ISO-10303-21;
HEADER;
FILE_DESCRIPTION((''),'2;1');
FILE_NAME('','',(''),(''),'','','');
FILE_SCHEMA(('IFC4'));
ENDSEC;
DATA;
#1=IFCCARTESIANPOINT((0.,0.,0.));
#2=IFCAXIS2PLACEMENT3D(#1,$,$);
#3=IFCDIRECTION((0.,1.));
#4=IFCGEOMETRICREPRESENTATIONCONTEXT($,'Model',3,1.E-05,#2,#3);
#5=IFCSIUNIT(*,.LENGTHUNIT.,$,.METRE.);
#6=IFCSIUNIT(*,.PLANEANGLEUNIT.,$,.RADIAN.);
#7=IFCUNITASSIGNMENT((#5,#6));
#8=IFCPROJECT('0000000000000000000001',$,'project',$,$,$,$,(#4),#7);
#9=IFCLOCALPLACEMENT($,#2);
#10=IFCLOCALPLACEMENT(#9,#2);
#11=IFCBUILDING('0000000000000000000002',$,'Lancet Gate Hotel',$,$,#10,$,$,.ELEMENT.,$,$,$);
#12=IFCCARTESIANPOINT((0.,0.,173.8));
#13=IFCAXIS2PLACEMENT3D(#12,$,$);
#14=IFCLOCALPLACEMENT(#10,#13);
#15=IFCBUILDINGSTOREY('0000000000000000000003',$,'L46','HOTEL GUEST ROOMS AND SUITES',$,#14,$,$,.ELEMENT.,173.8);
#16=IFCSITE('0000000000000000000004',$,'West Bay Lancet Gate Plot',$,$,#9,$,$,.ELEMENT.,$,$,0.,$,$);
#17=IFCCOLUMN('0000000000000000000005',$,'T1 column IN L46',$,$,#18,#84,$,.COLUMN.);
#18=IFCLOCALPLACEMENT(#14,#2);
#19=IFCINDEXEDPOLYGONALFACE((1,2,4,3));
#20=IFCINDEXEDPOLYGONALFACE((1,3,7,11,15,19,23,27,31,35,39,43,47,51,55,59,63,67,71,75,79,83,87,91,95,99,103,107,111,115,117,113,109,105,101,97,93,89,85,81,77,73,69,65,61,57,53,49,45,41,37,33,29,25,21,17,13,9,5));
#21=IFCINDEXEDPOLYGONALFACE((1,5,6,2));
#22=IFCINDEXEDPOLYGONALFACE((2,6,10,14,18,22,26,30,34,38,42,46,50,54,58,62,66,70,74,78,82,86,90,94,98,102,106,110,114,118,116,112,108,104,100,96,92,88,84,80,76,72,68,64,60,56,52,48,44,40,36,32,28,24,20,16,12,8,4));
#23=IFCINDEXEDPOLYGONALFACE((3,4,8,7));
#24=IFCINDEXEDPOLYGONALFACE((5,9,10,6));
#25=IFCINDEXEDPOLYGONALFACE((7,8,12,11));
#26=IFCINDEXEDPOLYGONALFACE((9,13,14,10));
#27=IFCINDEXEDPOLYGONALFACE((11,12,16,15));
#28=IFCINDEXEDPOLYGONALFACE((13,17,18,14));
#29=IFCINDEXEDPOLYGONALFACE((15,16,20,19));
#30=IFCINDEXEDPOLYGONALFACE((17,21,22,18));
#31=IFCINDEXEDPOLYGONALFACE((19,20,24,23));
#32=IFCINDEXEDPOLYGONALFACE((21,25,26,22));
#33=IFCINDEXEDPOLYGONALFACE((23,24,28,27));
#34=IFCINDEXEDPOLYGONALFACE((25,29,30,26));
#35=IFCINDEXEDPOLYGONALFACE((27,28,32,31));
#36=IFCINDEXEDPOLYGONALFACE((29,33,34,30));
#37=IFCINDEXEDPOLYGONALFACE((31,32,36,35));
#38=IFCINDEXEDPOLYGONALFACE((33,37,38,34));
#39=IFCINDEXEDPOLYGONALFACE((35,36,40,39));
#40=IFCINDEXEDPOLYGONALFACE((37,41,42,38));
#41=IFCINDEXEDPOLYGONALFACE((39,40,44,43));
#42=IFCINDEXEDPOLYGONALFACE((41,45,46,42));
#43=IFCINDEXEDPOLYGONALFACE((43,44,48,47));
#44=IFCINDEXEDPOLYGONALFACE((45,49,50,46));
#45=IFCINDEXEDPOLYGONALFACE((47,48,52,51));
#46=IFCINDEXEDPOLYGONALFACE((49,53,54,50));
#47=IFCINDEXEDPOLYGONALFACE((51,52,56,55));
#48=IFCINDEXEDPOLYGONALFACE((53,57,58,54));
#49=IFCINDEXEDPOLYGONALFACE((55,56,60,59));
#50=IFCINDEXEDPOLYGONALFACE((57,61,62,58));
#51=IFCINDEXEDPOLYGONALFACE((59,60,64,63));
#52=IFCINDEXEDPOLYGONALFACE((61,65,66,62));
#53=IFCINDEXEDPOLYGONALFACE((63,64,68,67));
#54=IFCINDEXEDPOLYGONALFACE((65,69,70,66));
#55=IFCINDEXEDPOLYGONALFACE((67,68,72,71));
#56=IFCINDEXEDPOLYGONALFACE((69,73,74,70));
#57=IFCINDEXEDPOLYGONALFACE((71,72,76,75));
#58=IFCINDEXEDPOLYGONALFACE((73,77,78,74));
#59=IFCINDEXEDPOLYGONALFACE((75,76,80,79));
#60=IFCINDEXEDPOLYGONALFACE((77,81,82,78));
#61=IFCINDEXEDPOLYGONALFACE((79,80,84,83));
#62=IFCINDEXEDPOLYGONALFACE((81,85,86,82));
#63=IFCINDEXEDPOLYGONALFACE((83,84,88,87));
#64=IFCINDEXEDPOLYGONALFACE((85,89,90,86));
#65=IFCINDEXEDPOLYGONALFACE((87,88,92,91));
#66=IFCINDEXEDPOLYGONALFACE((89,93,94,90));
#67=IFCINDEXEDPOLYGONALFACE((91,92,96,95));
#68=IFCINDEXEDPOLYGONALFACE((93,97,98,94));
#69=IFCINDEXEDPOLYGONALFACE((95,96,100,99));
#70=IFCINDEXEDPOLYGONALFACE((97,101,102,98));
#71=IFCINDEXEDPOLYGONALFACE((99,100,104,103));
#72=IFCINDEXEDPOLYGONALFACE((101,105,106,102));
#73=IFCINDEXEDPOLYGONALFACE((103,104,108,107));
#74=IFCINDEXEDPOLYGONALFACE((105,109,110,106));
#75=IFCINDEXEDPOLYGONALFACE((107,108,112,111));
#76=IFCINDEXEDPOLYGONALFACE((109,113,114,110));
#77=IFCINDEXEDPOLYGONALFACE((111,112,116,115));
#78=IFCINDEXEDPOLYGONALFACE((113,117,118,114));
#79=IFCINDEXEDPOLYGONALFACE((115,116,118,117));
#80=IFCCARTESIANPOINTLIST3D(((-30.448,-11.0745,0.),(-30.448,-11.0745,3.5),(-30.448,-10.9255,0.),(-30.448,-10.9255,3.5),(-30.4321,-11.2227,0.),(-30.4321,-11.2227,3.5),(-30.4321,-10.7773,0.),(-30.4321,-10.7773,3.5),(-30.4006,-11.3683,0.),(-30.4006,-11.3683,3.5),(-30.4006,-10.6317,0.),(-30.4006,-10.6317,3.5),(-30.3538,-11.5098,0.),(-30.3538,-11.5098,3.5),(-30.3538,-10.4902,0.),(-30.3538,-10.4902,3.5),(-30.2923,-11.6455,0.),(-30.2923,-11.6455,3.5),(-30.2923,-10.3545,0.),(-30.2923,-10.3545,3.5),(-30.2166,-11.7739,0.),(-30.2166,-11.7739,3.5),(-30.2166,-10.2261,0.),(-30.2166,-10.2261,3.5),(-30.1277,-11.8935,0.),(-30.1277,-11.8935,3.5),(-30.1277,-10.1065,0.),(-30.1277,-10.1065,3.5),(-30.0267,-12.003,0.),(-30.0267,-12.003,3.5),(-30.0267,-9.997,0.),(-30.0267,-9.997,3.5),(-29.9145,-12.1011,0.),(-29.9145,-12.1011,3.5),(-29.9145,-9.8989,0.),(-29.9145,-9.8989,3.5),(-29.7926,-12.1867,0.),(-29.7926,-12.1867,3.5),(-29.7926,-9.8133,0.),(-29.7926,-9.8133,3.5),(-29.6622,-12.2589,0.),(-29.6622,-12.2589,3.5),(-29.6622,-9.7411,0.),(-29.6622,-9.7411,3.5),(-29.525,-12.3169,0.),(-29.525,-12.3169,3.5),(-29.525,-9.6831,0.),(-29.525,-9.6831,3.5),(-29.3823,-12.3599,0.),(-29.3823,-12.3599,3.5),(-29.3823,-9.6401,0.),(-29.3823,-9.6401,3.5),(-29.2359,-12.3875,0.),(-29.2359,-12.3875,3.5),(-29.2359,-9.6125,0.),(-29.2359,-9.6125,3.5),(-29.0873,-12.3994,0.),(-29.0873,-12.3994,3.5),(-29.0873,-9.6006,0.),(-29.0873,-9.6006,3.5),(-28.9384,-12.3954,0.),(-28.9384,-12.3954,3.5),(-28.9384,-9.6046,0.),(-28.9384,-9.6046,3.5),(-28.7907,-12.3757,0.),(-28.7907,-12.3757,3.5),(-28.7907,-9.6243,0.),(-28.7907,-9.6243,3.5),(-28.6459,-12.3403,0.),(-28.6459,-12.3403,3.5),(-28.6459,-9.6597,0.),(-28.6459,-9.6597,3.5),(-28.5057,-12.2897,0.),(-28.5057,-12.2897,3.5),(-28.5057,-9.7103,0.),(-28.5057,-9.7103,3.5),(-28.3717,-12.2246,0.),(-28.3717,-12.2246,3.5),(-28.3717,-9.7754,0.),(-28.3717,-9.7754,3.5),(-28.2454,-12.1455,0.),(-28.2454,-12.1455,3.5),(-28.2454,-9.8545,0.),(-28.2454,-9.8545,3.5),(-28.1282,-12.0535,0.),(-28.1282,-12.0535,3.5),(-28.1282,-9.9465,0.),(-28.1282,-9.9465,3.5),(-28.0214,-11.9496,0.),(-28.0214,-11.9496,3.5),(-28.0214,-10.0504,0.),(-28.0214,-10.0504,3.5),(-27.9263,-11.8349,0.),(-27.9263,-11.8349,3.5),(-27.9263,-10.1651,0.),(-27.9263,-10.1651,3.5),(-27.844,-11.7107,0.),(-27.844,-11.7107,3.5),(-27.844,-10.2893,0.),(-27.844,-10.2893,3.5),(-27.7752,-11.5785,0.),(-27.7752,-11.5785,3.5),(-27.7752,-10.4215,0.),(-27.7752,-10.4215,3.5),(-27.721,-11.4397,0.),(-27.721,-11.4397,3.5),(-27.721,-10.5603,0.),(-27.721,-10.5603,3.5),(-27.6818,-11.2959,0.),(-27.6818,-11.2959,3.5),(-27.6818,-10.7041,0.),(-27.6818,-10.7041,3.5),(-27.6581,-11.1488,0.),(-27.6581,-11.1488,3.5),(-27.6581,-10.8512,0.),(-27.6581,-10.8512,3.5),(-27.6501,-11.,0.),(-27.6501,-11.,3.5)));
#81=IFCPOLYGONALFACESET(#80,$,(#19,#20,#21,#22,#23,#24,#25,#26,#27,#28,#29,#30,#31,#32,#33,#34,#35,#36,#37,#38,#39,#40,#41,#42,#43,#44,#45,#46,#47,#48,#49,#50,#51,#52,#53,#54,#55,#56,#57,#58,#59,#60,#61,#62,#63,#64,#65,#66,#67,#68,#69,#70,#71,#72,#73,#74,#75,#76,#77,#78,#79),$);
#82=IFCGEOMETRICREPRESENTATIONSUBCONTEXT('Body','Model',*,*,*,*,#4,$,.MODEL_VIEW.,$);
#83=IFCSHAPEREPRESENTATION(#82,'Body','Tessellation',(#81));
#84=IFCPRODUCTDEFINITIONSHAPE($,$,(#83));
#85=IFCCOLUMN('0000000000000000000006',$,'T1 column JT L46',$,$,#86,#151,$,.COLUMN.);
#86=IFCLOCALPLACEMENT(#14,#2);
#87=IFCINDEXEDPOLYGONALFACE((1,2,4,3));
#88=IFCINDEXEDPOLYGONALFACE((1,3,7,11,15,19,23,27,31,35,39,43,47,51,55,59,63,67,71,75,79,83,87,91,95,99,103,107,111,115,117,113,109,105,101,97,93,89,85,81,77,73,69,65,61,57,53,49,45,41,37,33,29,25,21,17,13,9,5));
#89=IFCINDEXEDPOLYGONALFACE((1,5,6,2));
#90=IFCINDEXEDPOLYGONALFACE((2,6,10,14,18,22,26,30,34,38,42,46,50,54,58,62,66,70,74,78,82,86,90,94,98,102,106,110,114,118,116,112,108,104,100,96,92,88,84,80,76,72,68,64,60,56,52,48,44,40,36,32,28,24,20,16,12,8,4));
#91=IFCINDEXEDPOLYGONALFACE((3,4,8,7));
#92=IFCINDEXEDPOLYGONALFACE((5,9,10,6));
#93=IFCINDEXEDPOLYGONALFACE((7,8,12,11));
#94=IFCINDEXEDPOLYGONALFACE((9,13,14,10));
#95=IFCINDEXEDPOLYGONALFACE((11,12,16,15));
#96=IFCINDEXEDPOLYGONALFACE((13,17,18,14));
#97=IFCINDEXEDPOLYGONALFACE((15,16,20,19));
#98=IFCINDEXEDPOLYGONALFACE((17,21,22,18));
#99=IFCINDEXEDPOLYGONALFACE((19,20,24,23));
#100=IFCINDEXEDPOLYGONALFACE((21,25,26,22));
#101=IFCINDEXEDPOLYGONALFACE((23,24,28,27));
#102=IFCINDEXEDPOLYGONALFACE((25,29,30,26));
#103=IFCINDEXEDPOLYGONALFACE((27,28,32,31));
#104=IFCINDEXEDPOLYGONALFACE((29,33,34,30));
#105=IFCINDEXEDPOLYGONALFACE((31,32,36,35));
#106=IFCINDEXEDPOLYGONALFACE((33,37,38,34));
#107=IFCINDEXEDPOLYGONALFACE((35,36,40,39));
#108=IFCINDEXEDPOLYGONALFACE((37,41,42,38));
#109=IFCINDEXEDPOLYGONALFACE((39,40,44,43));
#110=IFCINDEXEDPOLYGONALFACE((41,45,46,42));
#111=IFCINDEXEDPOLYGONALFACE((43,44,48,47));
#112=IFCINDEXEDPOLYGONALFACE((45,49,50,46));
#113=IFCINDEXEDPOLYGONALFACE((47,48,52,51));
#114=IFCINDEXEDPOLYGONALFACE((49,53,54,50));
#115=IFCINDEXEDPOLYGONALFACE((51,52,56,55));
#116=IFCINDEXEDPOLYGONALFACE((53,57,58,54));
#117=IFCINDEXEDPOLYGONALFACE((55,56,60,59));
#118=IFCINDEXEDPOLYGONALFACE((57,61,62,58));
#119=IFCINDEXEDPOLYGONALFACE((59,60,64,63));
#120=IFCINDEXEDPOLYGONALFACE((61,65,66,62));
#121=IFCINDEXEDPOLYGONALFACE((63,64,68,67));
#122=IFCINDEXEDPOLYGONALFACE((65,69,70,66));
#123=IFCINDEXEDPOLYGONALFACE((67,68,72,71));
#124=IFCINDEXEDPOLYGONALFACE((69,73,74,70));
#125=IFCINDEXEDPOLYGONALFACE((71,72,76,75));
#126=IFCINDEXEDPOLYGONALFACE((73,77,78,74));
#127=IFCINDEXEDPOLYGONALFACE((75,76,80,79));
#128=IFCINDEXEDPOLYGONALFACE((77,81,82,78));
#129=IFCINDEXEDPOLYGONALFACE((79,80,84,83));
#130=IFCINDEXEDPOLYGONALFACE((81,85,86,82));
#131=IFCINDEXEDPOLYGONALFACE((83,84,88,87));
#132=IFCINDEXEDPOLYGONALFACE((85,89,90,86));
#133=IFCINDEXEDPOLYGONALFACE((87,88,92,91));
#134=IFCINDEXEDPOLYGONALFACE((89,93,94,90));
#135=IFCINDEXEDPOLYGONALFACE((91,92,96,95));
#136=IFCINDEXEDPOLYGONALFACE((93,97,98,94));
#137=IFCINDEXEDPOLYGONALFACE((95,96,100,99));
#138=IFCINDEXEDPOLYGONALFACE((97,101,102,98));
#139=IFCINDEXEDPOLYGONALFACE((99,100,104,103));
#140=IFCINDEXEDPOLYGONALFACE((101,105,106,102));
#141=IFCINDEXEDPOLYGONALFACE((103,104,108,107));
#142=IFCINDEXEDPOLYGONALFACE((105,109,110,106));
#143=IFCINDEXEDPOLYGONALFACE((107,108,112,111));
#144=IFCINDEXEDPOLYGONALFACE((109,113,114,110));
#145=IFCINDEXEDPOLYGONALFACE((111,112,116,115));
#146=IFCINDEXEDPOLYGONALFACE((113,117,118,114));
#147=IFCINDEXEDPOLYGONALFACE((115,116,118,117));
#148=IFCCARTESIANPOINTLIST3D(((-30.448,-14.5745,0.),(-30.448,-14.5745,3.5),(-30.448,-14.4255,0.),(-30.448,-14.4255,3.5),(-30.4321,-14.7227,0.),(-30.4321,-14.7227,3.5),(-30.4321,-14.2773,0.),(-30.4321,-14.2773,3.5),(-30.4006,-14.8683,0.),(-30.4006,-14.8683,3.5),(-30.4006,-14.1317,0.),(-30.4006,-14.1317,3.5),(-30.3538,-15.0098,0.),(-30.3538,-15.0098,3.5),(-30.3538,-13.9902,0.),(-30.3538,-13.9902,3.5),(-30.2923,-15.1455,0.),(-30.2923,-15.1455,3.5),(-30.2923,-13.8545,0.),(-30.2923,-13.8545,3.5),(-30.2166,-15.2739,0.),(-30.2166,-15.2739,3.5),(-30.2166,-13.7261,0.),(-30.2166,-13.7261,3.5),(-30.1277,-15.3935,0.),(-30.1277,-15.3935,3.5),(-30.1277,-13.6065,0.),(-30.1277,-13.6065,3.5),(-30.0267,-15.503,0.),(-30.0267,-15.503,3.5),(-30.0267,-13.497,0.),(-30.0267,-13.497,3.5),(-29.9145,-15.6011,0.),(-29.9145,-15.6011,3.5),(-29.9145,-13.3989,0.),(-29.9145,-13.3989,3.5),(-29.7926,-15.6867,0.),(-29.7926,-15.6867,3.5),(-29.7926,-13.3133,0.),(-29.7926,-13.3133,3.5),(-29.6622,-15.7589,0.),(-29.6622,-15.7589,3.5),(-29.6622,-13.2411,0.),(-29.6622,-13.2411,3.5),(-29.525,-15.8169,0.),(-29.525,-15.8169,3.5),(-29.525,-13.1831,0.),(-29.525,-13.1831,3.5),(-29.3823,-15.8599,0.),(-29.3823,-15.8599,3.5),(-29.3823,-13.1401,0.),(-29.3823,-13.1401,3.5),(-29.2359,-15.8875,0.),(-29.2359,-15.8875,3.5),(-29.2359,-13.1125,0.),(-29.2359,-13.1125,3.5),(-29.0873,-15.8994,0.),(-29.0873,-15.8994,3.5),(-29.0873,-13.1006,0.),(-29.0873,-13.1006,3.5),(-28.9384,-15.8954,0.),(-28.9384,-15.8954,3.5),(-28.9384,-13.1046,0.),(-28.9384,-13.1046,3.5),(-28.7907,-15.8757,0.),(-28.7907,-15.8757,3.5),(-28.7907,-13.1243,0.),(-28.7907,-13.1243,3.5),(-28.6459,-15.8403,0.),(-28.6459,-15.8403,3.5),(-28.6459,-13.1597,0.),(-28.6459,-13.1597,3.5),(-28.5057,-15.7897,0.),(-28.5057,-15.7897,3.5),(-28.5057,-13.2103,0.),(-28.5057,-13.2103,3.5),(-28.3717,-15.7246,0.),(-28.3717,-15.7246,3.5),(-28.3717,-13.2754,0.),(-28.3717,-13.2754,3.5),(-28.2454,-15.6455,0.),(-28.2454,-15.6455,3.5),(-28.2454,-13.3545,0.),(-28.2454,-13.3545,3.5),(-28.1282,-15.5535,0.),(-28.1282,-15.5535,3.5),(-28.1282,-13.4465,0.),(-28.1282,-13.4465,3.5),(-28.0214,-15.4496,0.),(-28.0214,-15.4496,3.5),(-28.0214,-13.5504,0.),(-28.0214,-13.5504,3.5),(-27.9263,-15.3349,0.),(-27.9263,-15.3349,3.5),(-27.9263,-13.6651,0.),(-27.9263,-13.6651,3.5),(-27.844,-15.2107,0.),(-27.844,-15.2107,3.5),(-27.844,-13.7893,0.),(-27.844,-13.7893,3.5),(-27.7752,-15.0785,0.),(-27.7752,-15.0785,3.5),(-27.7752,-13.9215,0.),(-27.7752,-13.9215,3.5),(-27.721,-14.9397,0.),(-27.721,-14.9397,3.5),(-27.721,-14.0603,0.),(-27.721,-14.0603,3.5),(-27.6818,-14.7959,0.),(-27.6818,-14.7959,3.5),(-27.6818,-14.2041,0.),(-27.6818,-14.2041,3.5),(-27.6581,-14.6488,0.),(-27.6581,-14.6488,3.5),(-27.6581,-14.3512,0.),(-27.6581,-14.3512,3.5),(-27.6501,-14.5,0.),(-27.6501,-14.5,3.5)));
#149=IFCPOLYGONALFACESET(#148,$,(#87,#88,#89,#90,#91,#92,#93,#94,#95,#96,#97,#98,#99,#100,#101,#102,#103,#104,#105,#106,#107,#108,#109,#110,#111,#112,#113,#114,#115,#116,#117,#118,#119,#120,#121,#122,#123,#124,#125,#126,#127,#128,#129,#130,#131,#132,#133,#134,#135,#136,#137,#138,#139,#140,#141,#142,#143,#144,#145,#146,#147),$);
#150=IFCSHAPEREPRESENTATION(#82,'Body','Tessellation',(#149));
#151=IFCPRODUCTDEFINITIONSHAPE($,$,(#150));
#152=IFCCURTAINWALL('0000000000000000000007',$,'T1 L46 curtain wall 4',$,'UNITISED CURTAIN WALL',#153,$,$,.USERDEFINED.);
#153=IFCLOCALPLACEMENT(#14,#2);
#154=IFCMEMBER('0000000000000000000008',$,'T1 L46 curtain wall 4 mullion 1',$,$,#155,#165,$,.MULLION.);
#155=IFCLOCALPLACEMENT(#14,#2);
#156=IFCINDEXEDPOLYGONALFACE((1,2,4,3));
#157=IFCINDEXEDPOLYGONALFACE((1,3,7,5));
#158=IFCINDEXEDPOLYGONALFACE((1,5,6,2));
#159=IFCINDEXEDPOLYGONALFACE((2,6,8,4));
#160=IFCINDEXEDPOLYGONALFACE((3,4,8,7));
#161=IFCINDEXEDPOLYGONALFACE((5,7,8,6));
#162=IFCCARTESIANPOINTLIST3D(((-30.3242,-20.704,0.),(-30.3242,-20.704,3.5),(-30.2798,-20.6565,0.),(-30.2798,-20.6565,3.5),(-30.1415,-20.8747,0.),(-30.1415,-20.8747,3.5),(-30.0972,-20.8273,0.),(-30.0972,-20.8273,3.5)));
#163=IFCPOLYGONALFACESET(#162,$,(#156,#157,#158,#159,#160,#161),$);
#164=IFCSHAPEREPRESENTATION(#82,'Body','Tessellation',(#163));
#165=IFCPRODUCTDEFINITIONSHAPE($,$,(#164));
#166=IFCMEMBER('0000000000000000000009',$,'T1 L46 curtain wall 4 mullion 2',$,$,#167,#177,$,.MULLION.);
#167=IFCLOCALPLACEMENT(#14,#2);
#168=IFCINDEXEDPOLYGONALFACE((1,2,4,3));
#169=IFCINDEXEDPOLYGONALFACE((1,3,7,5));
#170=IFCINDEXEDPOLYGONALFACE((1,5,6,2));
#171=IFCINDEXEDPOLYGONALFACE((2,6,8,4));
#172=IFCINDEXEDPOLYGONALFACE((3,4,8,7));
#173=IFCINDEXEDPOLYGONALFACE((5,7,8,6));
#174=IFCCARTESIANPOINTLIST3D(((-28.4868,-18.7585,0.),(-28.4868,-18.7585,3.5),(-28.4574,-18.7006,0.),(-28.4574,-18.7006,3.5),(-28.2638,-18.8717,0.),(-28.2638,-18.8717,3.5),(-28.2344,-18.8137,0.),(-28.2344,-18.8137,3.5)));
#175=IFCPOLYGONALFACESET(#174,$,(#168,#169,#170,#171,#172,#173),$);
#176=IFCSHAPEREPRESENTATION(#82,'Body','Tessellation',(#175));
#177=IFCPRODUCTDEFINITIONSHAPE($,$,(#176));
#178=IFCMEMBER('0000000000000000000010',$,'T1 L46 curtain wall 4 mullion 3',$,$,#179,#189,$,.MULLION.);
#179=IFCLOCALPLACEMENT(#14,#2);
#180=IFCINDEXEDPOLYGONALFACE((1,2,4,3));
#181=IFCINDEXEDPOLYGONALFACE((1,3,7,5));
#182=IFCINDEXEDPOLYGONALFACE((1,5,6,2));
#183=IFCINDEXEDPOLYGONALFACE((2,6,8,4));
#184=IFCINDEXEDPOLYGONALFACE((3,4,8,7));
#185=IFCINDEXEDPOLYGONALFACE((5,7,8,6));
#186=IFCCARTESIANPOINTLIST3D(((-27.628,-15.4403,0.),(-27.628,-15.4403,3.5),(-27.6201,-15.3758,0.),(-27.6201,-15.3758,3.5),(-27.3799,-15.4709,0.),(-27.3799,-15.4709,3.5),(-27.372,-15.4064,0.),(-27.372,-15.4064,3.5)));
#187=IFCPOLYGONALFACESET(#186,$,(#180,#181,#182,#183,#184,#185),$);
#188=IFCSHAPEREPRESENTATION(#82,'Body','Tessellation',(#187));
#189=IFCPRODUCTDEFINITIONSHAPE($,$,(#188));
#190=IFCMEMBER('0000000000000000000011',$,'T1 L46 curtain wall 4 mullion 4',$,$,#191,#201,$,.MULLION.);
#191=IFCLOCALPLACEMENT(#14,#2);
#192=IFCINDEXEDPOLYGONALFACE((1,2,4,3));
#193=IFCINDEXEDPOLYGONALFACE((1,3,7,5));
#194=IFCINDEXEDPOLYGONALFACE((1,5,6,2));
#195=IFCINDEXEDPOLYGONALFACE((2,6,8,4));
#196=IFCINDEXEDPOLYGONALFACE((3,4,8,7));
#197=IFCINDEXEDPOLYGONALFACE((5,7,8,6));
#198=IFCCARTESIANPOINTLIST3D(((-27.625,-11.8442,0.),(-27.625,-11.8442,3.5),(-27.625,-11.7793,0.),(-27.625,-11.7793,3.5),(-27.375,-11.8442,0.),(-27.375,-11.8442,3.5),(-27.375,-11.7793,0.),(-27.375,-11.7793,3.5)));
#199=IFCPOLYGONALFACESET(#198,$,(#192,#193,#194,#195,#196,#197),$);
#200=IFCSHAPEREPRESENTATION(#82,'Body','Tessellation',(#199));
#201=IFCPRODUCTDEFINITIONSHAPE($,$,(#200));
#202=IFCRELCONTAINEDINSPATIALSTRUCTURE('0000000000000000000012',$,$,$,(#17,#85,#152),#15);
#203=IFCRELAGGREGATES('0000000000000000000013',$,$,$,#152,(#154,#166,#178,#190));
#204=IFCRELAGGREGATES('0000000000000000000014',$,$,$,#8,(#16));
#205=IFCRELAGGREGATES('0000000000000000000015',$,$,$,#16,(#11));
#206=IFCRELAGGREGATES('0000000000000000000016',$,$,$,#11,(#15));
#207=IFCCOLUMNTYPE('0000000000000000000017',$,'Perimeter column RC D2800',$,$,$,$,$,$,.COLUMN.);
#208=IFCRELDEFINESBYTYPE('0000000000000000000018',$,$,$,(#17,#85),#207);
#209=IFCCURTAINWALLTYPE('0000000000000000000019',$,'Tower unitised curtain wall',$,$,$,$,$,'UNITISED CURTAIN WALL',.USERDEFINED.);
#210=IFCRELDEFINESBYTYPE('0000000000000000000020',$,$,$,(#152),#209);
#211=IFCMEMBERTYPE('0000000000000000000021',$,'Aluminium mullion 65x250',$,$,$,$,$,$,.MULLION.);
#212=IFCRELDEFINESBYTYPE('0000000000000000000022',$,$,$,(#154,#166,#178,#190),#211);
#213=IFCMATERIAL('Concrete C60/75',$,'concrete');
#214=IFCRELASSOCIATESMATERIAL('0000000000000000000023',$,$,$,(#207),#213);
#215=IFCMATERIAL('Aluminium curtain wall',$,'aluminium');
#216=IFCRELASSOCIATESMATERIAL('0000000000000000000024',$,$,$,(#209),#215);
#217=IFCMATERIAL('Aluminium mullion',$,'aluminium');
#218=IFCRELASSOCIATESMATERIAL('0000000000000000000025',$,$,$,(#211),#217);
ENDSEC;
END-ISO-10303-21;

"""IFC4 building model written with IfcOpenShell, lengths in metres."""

from ifc_helpers import new_model, si_unit, direction, frame, origin, origin_2d, place, context, subcontext, project, spatial, rectangle, circle, extrude, material, material_profile, profile_set, type_object, element, aggregate, save


model = new_model("IFC4")

# Units and contexts
model_context = context("Model", 3, precision=1e-05, world=origin(), true_north=direction((0.0, 1.0)))
body_context = subcontext(model_context, "Body", "Model", "MODEL_VIEW")
ifc_project = project(units=[si_unit("LENGTHUNIT", "METRE"), si_unit("PLANEANGLEUNIT", "RADIAN")], contexts=[model_context])

# Site, building, storey
site_placement = place(None, origin())
site = spatial("IfcSite", under=ifc_project, at=site_placement, Name="West Bay Lancet Gate Plot", CompositionType="ELEMENT", RefElevation=0.0)
building_placement = place(site_placement, origin())
building = spatial("IfcBuilding", under=site, at=building_placement, Name="Lancet Gate Hotel", CompositionType="ELEMENT")
storey_placement = place(building_placement, frame((0.0, 0.0, 173.8)))
storey = spatial("IfcBuildingStorey", under=building, at=storey_placement, Name="L46", Description="HOTEL GUEST ROOMS AND SUITES", CompositionType="ELEMENT", Elevation=173.8)

# Columns
ifc_material_1 = material(Name="Concrete C60/75", Category="concrete")
ifc_material_profile_1 = material_profile(ifc_material_1, circle(Radius=1.3999, at=origin_2d()), Name="RC D2800")
ifc_profile_set_1 = profile_set([ifc_material_profile_1], Name="Concrete C60/75")
column_type = type_object("IfcColumnType", Name="Perimeter column RC D2800", PredefinedType="COLUMN", material=ifc_profile_set_1)
for number, where, z_axis, x_axis, name in (
    (1, (-29.05, -11.0, 0.0), (0.0, 0.0, 1.0), (1.0, 0.0, 0.0), "T1 column IN L46"),
    (2, (-29.05, -14.5, 0.0), (0.0, 0.0, 1.0), (1.0, 0.0, 0.0), "T1 column JT L46"),
):
    element("IfcColumn", number, at=place(storey_placement, frame(where, z_axis=z_axis, x_axis=x_axis)), inside=storey, type_object=column_type, Name=name, PredefinedType="COLUMN", context=body_context, shape_type="SweptSolid", body=[
        extrude(circle(Radius=1.3999, at=origin_2d()), origin(), (0.0, 0.0, 1.0), 3.5),
    ])

# Curtain wall, members
ifc_material_2 = material(Name="Aluminium curtain wall", Category="aluminium")
curtain_wall_type = type_object("IfcCurtainWallType", Name="Tower unitised curtain wall", ElementType="UNITISED CURTAIN WALL", PredefinedType="USERDEFINED", material=ifc_material_2)
curtain_wall_placement = place(storey_placement, origin())
curtain_wall = element("IfcCurtainWall", 3, at=curtain_wall_placement, inside=storey, type_object=curtain_wall_type, Name="T1 L46 curtain wall 4", ObjectType="UNITISED CURTAIN WALL", PredefinedType="USERDEFINED")
ifc_material_3 = material(Name="Aluminium mullion", Category="aluminium")
ifc_material_profile_2 = material_profile(ifc_material_3, rectangle(XDim=0.0649, YDim=0.25, at=origin_2d()), Name="MULLION 65x250")
ifc_profile_set_2 = profile_set([ifc_material_profile_2], Name="Aluminium mullion")
member_type_1 = type_object("IfcMemberType", Name="Aluminium mullion 65x250", PredefinedType="MULLION", material=ifc_profile_set_2)
member_1_placement = place(storey_placement, frame((-30.2107, -20.7656, 0.0), z_axis=(0.0, 0.0, 1.0), x_axis=(0.682845, 0.730563, 0.0)))
member_1 = element("IfcMember", 4, at=member_1_placement, type_object=member_type_1, Name="T1 L46 curtain wall 4 mullion 1", PredefinedType="MULLION", context=body_context, shape_type="SweptSolid", body=[
    extrude(rectangle(XDim=0.0649, YDim=0.25, at=origin_2d()), origin(), (0.0, 0.0, 1.0), 3.5),
])
member_2_placement = place(storey_placement, frame((-28.3606, -18.7861, 0.0), z_axis=(0.0, 0.0, 1.0), x_axis=(0.452508, 0.891761, 0.0)))
member_2 = element("IfcMember", 5, at=member_2_placement, type_object=member_type_1, Name="T1 L46 curtain wall 4 mullion 2", PredefinedType="MULLION", context=body_context, shape_type="SweptSolid", body=[
    extrude(rectangle(XDim=0.0649, YDim=0.25, at=origin_2d()), origin(), (0.0, 0.0, 1.0), 3.5),
])
member_3_placement = place(storey_placement, frame((-27.5, -15.4233, 0.0), z_axis=(0.0, 0.0, 1.0), x_axis=(0.122467, 0.992473, 0.0)))
member_3 = element("IfcMember", 6, at=member_3_placement, type_object=member_type_1, Name="T1 L46 curtain wall 4 mullion 3", PredefinedType="MULLION", context=body_context, shape_type="SweptSolid", body=[
    extrude(rectangle(XDim=0.0649, YDim=0.25, at=origin_2d()), origin(), (0.0, 0.0, 1.0), 3.5),
])
member_4_placement = place(storey_placement, frame((-27.5, -11.8118, 0.0), z_axis=(0.0, 0.0, 1.0), x_axis=(0.0, 1.0, 0.0)))
member_4 = element("IfcMember", 7, at=member_4_placement, type_object=member_type_1, Name="T1 L46 curtain wall 4 mullion 4", PredefinedType="MULLION", context=body_context, shape_type="SweptSolid", body=[
    extrude(rectangle(XDim=0.0649, YDim=0.25, at=origin_2d()), origin(), (0.0, 0.0, 1.0), 3.5),
])

aggregate(curtain_wall, [member_1, member_2, member_3, member_4])

save(model, "model.ifc")
